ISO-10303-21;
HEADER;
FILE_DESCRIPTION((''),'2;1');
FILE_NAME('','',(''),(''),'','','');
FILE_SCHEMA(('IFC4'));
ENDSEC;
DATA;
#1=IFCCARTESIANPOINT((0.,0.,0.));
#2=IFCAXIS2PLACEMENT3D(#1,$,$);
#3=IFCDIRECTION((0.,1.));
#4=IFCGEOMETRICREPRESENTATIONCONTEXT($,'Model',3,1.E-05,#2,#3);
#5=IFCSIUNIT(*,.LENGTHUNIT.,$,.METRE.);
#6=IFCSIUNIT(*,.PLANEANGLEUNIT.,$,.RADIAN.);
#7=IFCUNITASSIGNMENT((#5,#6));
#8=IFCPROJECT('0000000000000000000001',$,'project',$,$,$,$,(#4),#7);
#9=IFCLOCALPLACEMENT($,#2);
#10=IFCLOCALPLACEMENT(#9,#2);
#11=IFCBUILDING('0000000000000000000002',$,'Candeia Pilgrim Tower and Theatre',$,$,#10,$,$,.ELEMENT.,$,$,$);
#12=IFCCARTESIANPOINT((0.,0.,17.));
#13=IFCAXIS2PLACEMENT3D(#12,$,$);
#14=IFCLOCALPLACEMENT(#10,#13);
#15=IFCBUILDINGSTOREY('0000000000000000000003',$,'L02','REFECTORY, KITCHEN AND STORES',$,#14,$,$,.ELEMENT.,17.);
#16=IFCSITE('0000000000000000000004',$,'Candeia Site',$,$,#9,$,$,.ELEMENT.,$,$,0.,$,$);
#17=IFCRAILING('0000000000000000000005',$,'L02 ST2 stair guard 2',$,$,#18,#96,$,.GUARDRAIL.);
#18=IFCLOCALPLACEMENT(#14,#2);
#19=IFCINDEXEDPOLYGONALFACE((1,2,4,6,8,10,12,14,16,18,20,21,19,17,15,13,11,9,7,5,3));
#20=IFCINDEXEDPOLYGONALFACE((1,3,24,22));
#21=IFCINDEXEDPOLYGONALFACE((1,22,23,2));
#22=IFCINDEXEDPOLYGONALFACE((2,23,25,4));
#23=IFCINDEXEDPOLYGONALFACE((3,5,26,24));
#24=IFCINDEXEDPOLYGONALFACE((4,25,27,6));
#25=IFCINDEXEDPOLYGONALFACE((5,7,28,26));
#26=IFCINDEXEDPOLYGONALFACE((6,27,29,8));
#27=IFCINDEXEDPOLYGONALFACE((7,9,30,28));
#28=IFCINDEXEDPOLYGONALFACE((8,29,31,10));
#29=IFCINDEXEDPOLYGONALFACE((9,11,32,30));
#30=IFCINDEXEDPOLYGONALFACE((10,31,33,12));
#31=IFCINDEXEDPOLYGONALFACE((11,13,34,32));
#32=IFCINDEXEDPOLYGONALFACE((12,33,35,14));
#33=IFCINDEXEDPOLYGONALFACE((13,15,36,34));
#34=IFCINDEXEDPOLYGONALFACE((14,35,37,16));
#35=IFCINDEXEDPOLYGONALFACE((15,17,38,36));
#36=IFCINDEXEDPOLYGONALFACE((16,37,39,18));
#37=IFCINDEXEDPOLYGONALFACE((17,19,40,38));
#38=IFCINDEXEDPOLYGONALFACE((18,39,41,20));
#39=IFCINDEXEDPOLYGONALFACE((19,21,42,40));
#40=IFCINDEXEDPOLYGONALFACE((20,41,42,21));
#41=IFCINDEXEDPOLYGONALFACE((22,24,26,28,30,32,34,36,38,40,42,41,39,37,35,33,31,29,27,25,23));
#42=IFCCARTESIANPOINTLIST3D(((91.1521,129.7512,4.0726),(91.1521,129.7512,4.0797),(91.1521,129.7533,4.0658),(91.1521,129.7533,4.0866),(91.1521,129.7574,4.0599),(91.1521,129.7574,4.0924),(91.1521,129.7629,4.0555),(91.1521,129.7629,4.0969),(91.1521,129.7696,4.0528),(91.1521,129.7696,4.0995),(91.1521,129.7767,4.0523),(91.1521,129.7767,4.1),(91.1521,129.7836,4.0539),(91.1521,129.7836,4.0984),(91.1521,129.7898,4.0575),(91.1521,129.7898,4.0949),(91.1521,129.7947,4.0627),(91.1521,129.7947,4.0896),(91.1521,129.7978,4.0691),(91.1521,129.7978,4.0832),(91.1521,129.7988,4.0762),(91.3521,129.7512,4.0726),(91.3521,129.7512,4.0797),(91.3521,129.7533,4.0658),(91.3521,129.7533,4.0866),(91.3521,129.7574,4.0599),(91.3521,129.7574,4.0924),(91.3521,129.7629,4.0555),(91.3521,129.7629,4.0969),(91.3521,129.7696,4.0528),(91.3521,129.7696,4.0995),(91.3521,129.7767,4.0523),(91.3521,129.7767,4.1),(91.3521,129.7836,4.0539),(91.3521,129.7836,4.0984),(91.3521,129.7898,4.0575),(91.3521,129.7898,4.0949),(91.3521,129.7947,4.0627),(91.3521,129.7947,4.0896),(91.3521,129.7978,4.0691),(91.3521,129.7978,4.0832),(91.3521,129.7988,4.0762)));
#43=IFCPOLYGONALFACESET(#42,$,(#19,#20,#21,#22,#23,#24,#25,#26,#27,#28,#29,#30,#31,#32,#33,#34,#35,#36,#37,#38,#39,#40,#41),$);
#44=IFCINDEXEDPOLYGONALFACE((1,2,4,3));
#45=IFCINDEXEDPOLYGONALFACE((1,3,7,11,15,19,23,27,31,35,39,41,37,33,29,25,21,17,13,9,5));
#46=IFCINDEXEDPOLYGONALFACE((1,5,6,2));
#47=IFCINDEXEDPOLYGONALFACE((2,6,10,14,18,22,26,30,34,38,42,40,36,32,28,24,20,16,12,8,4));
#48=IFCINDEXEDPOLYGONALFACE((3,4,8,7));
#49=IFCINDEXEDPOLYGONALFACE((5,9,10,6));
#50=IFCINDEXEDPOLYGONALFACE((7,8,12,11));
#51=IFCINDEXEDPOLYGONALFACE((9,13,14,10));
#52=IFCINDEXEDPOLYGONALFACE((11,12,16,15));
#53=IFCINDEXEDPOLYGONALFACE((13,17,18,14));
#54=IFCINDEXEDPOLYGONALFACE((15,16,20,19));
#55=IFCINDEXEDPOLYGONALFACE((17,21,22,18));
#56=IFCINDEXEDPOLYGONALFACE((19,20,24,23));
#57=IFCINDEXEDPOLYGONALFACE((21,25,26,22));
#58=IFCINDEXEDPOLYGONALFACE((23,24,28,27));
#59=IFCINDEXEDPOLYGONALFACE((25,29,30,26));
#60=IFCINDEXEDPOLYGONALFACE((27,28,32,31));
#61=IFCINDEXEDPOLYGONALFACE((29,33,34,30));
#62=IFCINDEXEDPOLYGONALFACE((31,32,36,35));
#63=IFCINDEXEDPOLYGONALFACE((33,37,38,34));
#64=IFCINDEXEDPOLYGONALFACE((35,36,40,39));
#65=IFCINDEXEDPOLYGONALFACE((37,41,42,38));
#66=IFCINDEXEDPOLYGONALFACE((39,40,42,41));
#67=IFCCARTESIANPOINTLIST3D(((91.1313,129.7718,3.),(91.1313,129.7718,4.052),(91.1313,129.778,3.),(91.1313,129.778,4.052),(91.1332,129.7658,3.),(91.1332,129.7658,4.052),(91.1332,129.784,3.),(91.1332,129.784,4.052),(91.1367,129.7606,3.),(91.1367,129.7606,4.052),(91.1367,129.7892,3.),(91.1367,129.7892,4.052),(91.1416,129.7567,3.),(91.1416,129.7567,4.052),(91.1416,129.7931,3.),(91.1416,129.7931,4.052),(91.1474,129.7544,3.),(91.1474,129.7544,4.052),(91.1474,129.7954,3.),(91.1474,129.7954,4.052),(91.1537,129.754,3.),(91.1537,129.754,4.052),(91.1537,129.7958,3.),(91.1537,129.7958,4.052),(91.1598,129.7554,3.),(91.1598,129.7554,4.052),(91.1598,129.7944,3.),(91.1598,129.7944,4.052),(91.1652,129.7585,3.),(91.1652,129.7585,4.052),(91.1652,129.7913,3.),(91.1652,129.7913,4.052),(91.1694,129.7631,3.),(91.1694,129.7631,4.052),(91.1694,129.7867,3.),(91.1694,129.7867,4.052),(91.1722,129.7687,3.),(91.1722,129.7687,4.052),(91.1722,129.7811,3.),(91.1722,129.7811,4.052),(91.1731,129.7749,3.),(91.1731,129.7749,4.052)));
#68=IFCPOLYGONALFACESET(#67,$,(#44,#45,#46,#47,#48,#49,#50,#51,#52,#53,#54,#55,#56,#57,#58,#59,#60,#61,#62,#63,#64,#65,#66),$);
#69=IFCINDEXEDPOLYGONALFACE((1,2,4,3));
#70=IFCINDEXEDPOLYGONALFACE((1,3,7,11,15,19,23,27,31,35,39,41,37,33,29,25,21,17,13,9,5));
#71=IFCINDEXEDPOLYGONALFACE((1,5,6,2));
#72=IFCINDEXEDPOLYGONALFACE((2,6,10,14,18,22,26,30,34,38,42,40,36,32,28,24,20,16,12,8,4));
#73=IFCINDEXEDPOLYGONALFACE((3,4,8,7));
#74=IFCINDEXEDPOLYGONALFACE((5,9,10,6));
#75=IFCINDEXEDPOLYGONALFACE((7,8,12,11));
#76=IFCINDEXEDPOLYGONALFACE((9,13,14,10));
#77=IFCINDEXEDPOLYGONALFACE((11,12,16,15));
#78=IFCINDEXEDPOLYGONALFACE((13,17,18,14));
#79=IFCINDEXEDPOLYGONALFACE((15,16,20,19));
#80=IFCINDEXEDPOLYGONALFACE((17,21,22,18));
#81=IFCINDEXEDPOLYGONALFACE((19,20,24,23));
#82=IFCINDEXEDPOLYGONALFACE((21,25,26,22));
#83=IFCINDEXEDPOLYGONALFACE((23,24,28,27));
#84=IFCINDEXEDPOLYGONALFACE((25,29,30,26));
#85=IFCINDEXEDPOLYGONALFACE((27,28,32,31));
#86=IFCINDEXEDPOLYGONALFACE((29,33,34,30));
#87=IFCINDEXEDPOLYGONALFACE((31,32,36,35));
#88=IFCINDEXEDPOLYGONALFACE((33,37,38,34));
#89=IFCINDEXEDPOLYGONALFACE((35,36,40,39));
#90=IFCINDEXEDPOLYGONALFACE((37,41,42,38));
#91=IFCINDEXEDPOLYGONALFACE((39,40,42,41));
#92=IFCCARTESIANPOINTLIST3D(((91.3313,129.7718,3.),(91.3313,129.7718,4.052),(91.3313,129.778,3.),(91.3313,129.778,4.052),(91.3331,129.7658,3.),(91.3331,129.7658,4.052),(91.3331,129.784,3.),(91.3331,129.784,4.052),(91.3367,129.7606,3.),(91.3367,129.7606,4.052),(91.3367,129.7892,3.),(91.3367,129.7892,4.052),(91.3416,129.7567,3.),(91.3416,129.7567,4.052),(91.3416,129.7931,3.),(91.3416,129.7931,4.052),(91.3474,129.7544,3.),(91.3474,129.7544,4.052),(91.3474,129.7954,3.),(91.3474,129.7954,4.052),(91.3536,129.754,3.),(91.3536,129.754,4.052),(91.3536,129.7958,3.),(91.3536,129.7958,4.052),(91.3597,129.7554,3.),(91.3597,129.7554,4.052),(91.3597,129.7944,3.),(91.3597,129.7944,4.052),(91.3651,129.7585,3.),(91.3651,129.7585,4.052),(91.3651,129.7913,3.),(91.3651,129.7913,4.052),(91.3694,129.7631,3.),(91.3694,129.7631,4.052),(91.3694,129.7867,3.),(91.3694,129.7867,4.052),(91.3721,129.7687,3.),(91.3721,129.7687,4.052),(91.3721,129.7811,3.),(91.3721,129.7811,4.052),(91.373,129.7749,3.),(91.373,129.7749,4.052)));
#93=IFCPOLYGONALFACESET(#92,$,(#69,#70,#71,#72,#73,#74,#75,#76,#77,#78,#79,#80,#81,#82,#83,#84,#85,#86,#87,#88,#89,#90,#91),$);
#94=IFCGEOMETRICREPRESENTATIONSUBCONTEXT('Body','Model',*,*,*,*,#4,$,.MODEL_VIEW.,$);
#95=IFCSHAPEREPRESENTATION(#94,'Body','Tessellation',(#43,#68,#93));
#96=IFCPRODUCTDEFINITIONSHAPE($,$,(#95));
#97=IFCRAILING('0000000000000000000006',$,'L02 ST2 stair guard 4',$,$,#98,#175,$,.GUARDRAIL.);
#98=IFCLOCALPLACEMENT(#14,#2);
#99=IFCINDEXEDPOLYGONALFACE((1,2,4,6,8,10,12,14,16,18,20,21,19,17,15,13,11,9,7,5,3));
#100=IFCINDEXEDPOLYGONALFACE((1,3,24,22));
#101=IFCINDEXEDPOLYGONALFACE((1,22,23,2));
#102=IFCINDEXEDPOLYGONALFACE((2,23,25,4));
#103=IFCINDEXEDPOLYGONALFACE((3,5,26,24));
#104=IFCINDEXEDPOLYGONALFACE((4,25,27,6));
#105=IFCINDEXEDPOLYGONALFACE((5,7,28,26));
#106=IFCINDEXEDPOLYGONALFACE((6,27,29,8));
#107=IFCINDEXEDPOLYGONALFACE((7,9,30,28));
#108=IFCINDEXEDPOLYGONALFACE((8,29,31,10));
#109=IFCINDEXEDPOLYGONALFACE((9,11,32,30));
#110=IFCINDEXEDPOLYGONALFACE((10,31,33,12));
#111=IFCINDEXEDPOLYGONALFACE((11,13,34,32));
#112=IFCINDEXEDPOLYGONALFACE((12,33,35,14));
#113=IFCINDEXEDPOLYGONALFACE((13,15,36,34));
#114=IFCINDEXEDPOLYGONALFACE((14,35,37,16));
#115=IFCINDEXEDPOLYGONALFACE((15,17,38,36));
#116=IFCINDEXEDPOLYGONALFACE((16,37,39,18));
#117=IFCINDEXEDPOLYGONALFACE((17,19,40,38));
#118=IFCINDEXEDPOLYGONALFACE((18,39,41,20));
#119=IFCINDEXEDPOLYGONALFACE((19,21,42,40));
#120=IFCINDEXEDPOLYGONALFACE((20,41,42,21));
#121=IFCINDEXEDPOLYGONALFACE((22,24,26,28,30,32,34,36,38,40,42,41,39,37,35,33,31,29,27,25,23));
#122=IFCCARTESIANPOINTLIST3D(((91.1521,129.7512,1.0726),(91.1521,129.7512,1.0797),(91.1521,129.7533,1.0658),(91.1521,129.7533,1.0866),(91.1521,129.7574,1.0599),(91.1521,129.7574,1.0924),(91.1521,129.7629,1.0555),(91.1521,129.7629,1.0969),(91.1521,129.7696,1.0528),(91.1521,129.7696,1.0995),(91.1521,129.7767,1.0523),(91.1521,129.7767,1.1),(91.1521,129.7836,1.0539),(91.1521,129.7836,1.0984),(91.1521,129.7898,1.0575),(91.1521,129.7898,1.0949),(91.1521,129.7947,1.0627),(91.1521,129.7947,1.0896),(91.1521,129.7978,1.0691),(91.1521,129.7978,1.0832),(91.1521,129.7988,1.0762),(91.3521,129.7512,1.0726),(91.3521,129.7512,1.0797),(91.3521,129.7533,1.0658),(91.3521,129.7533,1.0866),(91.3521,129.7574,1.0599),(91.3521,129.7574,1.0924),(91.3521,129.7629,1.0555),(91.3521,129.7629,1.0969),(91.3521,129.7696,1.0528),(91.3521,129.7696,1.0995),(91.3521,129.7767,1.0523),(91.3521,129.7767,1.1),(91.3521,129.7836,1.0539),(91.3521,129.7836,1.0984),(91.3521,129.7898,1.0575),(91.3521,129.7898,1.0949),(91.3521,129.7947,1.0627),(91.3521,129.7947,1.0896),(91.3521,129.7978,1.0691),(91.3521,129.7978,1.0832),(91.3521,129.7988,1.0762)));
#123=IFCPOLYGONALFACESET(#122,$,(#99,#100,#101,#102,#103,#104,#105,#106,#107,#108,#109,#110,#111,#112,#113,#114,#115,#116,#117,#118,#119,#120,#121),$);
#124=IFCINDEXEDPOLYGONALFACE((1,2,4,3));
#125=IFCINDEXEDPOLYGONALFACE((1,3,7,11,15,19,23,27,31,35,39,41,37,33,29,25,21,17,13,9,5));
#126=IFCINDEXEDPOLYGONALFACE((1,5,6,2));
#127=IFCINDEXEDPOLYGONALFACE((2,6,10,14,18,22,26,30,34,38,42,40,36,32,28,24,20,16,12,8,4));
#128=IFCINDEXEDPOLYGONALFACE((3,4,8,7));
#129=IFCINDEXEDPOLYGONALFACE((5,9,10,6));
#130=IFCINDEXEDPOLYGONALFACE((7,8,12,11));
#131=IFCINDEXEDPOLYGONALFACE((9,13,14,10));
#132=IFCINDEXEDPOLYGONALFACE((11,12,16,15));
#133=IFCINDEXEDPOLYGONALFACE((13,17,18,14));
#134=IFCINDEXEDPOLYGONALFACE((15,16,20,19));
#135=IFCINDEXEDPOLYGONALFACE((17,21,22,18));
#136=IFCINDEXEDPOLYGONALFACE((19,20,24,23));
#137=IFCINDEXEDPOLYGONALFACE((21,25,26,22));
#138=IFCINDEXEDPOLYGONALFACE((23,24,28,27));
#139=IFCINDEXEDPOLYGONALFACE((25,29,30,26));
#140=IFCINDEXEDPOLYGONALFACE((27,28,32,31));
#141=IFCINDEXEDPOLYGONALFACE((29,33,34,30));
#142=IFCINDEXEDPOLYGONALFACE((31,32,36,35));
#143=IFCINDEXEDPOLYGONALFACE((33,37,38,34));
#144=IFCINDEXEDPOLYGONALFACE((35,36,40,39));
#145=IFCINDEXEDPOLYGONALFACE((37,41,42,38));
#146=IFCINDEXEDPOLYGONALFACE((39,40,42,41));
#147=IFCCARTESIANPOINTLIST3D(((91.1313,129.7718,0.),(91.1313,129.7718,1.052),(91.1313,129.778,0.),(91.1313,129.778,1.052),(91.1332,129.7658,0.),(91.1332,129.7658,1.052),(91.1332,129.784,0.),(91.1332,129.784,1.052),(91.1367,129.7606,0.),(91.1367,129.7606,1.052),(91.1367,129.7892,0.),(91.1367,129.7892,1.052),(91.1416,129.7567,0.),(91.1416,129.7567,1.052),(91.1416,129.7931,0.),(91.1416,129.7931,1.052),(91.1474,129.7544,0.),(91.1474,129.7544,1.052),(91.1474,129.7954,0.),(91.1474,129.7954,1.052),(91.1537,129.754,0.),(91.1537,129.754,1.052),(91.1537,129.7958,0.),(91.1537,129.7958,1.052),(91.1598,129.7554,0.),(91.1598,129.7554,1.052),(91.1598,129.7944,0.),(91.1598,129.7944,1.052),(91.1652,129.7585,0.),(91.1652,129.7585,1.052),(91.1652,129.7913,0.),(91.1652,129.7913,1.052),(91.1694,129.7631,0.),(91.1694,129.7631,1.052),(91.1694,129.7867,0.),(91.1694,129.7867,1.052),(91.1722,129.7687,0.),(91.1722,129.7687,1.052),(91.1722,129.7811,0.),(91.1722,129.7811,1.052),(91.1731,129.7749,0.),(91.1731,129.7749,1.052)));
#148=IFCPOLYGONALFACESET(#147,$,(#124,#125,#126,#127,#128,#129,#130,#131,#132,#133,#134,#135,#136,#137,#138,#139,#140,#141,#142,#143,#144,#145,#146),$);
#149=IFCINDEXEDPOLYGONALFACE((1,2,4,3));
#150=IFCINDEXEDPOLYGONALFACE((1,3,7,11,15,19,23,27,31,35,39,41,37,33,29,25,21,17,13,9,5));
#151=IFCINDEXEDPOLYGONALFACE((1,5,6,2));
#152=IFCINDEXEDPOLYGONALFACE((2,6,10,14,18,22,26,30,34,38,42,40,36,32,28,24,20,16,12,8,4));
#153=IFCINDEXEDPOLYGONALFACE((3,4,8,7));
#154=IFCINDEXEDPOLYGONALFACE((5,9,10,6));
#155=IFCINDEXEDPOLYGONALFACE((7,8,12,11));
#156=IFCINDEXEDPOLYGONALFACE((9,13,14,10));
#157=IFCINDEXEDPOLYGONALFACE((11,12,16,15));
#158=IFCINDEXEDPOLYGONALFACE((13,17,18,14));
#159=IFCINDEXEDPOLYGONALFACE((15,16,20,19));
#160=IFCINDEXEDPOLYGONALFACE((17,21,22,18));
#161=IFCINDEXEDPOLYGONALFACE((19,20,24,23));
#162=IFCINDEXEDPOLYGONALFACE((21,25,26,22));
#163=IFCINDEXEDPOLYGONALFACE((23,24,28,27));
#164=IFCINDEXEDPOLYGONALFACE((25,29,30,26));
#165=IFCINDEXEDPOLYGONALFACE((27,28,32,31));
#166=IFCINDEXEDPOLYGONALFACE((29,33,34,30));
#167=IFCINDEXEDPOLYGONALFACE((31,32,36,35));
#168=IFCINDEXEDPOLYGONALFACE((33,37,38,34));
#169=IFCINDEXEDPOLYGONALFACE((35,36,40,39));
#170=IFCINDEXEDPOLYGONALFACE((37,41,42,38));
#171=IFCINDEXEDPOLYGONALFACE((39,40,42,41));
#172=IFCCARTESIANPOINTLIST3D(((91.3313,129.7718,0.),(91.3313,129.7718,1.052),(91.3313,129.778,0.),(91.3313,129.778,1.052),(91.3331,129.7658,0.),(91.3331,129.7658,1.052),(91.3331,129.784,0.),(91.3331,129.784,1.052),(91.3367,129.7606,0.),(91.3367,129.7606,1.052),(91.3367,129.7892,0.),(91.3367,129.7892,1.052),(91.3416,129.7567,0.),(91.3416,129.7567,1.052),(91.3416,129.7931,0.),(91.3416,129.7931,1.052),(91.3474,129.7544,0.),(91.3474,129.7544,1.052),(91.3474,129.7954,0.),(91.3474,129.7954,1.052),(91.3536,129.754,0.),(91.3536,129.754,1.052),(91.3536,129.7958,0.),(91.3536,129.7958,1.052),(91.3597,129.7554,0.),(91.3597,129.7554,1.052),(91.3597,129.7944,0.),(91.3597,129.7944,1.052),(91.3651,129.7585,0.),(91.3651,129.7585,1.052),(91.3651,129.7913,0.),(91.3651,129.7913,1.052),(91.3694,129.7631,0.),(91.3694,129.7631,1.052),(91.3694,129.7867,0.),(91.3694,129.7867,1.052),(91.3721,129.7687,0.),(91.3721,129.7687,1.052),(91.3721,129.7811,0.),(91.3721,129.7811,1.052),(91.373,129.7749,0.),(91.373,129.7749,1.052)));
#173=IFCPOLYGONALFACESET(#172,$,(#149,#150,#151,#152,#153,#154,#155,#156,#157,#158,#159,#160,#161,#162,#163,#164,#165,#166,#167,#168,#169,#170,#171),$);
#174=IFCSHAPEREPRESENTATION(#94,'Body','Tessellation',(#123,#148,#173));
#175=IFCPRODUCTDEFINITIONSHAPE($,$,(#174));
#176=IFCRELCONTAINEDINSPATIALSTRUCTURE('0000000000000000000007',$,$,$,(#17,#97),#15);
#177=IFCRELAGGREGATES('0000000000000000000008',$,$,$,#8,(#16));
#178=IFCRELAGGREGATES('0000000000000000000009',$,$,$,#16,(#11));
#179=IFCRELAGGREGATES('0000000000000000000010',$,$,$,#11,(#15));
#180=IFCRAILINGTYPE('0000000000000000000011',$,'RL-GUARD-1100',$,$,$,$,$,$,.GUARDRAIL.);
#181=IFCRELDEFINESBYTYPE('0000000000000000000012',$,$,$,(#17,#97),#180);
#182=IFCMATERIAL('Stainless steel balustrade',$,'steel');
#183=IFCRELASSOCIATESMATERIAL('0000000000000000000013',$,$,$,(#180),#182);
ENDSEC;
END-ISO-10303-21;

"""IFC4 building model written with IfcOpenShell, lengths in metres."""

from ifc_helpers import new_model, si_unit, direction, frame, origin, origin_2d, place, context, subcontext, project, spatial, circle, extrude, material, type_object, element, save


model = new_model("IFC4")

# Units and contexts
model_context = context("Model", 3, precision=1e-05, world=origin(), true_north=direction((0.0, 1.0)))
body_context = subcontext(model_context, "Body", "Model", "MODEL_VIEW")
ifc_project = project(units=[si_unit("LENGTHUNIT", "METRE"), si_unit("PLANEANGLEUNIT", "RADIAN")], contexts=[model_context])

# Site, building, storey
site_placement = place(None, origin())
site = spatial("IfcSite", under=ifc_project, at=site_placement, Name="Candeia Site", CompositionType="ELEMENT", RefElevation=0.0)
building_placement = place(site_placement, origin())
building = spatial("IfcBuilding", under=site, at=building_placement, Name="Candeia Pilgrim Tower and Theatre", CompositionType="ELEMENT")
storey_placement = place(building_placement, frame((0.0, 0.0, 17.0)))
storey = spatial("IfcBuildingStorey", under=building, at=storey_placement, Name="L02", Description="REFECTORY, KITCHEN AND STORES", CompositionType="ELEMENT", Elevation=17.0)

# Railings
ifc_material_1 = material(Name="Stainless steel balustrade", Category="steel")
railing_type_1 = type_object("IfcRailingType", Name="RL-GUARD-1100", PredefinedType="GUARDRAIL", material=ifc_material_1)
railing_1_placement = place(storey_placement, frame((91.1521, 129.7749, 3.0)))
element("IfcRailing", 1, at=railing_1_placement, inside=storey, type_object=railing_type_1, Name="L02 ST2 stair guard 2", PredefinedType="GUARDRAIL", context=body_context, shape_type="SweptSolid", body=[
    extrude(circle(Radius=0.0239, at=origin_2d()), frame((0.0, 0.0, 1.0762), z_axis=(1.0, 0.0, 0.0), x_axis=(0.0, 1.0, 0.0)), (0.0, 0.0, 1.0), 0.2),
    extrude(circle(Radius=0.021, at=origin_2d()), origin(), (0.0, 0.0, 1.0), 1.052),
    extrude(circle(Radius=0.021, at=origin_2d()), frame((0.2, 0.0, 0.0)), (0.0, 0.0, 1.0), 1.052),
])
railing_2_placement = place(storey_placement, frame((91.1521, 129.7749, 0.0)))
element("IfcRailing", 2, at=railing_2_placement, inside=storey, type_object=railing_type_1, Name="L02 ST2 stair guard 4", PredefinedType="GUARDRAIL", context=body_context, shape_type="SweptSolid", body=[
    extrude(circle(Radius=0.0239, at=origin_2d()), frame((0.0, 0.0, 1.0762), z_axis=(1.0, 0.0, 0.0), x_axis=(0.0, 1.0, 0.0)), (0.0, 0.0, 1.0), 0.2),
    extrude(circle(Radius=0.021, at=origin_2d()), origin(), (0.0, 0.0, 1.0), 1.052),
    extrude(circle(Radius=0.021, at=origin_2d()), frame((0.2, 0.0, 0.0)), (0.0, 0.0, 1.0), 1.052),
])

save(model, "model.ifc")
